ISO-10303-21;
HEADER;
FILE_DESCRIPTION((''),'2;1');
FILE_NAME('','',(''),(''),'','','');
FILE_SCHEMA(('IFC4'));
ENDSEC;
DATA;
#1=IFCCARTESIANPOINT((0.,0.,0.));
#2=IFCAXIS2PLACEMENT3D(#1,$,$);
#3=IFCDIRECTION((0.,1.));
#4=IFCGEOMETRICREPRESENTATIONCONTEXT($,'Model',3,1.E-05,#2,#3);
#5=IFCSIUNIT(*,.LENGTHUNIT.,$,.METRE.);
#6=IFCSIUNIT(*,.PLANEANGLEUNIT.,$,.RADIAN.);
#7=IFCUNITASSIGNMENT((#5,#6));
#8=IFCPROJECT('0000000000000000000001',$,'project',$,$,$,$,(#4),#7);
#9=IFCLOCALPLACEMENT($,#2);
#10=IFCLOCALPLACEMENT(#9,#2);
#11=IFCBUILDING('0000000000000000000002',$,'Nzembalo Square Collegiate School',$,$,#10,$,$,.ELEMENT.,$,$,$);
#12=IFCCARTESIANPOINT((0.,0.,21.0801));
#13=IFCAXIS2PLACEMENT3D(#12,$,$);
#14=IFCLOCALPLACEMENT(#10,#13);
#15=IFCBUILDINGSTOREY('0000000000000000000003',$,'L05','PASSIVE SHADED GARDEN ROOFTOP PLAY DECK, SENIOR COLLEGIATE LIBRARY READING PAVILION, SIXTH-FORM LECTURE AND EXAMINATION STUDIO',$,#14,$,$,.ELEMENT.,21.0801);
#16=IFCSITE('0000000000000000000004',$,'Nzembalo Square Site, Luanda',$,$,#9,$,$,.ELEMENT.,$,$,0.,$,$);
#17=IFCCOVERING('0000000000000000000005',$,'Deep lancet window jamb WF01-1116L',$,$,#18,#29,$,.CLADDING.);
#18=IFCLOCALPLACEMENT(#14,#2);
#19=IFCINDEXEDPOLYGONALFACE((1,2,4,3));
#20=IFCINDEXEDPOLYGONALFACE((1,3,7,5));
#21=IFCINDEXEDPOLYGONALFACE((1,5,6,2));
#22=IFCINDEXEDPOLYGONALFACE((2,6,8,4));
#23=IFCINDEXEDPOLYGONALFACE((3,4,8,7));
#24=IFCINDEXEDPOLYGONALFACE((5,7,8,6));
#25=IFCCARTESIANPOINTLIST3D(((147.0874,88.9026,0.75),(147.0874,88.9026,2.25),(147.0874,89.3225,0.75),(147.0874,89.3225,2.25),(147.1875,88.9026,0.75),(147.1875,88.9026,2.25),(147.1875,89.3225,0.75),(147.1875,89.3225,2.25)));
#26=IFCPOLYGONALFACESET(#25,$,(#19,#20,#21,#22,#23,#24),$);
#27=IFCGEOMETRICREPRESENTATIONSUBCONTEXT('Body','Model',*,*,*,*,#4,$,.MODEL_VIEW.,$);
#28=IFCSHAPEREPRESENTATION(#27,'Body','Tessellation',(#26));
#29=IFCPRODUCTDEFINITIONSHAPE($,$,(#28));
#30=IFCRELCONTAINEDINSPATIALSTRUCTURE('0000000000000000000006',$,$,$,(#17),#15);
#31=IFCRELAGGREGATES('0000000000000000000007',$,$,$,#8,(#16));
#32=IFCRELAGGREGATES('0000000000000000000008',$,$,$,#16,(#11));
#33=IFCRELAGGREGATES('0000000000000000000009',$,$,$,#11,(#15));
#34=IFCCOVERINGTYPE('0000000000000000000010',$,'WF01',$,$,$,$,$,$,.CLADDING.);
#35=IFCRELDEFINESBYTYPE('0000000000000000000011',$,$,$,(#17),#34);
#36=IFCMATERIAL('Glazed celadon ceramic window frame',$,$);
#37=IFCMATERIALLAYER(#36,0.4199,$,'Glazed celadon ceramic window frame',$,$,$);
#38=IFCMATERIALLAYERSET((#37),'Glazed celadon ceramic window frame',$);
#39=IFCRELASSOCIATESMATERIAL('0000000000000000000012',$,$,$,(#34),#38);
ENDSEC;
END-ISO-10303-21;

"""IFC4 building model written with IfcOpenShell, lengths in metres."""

from ifc_helpers import new_model, si_unit, direction, frame, origin, origin_2d, place, context, subcontext, project, spatial, rectangle, extrude, material, layer, layer_set, type_object, element, save


model = new_model("IFC4")

# Units and contexts
model_context = context("Model", 3, precision=1e-05, world=origin(), true_north=direction((0.0, 1.0)))
body_context = subcontext(model_context, "Body", "Model", "MODEL_VIEW")
ifc_project = project(units=[si_unit("LENGTHUNIT", "METRE"), si_unit("PLANEANGLEUNIT", "RADIAN")], contexts=[model_context])

# Site, building, storey
site_placement = place(None, origin())
site = spatial("IfcSite", under=ifc_project, at=site_placement, Name="Nzembalo Square Site, Luanda", CompositionType="ELEMENT", RefElevation=0.0)
building_placement = place(site_placement, origin())
building = spatial("IfcBuilding", under=site, at=building_placement, Name="Nzembalo Square Collegiate School", CompositionType="ELEMENT")
storey_placement = place(building_placement, frame((0.0, 0.0, 21.0801)))
storey = spatial("IfcBuildingStorey", under=building, at=storey_placement, Name="L05", Description="PASSIVE SHADED GARDEN ROOFTOP PLAY DECK, SENIOR COLLEGIATE LIBRARY READING PAVILION, SIXTH-FORM LECTURE AND EXAMINATION STUDIO", CompositionType="ELEMENT", Elevation=21.0801)

# Covering
ifc_material_1 = material(Name="Glazed celadon ceramic window frame")
ifc_layer_1 = layer(ifc_material_1, 0.4199, Name="Glazed celadon ceramic window frame")
ifc_layer_set_1 = layer_set([ifc_layer_1], Name="Glazed celadon ceramic window frame")
covering_type_1 = type_object("IfcCoveringType", Name="WF01", PredefinedType="CLADDING", material=ifc_layer_set_1)
covering_1_placement = place(storey_placement, frame((147.1375, 89.1125, 0.75), z_axis=(0.0, 0.0, 1.0), x_axis=(1.0, 0.0, 0.0)))
element("IfcCovering", 1, at=covering_1_placement, inside=storey, type_object=covering_type_1, Name="Deep lancet window jamb WF01-1116L", PredefinedType="CLADDING", context=body_context, shape_type="SweptSolid", body=[
    extrude(rectangle(XDim=0.1001, YDim=0.4199, at=origin_2d()), origin(), (0.0, 0.0, 1.0), 1.5),
])

save(model, "model.ifc")
